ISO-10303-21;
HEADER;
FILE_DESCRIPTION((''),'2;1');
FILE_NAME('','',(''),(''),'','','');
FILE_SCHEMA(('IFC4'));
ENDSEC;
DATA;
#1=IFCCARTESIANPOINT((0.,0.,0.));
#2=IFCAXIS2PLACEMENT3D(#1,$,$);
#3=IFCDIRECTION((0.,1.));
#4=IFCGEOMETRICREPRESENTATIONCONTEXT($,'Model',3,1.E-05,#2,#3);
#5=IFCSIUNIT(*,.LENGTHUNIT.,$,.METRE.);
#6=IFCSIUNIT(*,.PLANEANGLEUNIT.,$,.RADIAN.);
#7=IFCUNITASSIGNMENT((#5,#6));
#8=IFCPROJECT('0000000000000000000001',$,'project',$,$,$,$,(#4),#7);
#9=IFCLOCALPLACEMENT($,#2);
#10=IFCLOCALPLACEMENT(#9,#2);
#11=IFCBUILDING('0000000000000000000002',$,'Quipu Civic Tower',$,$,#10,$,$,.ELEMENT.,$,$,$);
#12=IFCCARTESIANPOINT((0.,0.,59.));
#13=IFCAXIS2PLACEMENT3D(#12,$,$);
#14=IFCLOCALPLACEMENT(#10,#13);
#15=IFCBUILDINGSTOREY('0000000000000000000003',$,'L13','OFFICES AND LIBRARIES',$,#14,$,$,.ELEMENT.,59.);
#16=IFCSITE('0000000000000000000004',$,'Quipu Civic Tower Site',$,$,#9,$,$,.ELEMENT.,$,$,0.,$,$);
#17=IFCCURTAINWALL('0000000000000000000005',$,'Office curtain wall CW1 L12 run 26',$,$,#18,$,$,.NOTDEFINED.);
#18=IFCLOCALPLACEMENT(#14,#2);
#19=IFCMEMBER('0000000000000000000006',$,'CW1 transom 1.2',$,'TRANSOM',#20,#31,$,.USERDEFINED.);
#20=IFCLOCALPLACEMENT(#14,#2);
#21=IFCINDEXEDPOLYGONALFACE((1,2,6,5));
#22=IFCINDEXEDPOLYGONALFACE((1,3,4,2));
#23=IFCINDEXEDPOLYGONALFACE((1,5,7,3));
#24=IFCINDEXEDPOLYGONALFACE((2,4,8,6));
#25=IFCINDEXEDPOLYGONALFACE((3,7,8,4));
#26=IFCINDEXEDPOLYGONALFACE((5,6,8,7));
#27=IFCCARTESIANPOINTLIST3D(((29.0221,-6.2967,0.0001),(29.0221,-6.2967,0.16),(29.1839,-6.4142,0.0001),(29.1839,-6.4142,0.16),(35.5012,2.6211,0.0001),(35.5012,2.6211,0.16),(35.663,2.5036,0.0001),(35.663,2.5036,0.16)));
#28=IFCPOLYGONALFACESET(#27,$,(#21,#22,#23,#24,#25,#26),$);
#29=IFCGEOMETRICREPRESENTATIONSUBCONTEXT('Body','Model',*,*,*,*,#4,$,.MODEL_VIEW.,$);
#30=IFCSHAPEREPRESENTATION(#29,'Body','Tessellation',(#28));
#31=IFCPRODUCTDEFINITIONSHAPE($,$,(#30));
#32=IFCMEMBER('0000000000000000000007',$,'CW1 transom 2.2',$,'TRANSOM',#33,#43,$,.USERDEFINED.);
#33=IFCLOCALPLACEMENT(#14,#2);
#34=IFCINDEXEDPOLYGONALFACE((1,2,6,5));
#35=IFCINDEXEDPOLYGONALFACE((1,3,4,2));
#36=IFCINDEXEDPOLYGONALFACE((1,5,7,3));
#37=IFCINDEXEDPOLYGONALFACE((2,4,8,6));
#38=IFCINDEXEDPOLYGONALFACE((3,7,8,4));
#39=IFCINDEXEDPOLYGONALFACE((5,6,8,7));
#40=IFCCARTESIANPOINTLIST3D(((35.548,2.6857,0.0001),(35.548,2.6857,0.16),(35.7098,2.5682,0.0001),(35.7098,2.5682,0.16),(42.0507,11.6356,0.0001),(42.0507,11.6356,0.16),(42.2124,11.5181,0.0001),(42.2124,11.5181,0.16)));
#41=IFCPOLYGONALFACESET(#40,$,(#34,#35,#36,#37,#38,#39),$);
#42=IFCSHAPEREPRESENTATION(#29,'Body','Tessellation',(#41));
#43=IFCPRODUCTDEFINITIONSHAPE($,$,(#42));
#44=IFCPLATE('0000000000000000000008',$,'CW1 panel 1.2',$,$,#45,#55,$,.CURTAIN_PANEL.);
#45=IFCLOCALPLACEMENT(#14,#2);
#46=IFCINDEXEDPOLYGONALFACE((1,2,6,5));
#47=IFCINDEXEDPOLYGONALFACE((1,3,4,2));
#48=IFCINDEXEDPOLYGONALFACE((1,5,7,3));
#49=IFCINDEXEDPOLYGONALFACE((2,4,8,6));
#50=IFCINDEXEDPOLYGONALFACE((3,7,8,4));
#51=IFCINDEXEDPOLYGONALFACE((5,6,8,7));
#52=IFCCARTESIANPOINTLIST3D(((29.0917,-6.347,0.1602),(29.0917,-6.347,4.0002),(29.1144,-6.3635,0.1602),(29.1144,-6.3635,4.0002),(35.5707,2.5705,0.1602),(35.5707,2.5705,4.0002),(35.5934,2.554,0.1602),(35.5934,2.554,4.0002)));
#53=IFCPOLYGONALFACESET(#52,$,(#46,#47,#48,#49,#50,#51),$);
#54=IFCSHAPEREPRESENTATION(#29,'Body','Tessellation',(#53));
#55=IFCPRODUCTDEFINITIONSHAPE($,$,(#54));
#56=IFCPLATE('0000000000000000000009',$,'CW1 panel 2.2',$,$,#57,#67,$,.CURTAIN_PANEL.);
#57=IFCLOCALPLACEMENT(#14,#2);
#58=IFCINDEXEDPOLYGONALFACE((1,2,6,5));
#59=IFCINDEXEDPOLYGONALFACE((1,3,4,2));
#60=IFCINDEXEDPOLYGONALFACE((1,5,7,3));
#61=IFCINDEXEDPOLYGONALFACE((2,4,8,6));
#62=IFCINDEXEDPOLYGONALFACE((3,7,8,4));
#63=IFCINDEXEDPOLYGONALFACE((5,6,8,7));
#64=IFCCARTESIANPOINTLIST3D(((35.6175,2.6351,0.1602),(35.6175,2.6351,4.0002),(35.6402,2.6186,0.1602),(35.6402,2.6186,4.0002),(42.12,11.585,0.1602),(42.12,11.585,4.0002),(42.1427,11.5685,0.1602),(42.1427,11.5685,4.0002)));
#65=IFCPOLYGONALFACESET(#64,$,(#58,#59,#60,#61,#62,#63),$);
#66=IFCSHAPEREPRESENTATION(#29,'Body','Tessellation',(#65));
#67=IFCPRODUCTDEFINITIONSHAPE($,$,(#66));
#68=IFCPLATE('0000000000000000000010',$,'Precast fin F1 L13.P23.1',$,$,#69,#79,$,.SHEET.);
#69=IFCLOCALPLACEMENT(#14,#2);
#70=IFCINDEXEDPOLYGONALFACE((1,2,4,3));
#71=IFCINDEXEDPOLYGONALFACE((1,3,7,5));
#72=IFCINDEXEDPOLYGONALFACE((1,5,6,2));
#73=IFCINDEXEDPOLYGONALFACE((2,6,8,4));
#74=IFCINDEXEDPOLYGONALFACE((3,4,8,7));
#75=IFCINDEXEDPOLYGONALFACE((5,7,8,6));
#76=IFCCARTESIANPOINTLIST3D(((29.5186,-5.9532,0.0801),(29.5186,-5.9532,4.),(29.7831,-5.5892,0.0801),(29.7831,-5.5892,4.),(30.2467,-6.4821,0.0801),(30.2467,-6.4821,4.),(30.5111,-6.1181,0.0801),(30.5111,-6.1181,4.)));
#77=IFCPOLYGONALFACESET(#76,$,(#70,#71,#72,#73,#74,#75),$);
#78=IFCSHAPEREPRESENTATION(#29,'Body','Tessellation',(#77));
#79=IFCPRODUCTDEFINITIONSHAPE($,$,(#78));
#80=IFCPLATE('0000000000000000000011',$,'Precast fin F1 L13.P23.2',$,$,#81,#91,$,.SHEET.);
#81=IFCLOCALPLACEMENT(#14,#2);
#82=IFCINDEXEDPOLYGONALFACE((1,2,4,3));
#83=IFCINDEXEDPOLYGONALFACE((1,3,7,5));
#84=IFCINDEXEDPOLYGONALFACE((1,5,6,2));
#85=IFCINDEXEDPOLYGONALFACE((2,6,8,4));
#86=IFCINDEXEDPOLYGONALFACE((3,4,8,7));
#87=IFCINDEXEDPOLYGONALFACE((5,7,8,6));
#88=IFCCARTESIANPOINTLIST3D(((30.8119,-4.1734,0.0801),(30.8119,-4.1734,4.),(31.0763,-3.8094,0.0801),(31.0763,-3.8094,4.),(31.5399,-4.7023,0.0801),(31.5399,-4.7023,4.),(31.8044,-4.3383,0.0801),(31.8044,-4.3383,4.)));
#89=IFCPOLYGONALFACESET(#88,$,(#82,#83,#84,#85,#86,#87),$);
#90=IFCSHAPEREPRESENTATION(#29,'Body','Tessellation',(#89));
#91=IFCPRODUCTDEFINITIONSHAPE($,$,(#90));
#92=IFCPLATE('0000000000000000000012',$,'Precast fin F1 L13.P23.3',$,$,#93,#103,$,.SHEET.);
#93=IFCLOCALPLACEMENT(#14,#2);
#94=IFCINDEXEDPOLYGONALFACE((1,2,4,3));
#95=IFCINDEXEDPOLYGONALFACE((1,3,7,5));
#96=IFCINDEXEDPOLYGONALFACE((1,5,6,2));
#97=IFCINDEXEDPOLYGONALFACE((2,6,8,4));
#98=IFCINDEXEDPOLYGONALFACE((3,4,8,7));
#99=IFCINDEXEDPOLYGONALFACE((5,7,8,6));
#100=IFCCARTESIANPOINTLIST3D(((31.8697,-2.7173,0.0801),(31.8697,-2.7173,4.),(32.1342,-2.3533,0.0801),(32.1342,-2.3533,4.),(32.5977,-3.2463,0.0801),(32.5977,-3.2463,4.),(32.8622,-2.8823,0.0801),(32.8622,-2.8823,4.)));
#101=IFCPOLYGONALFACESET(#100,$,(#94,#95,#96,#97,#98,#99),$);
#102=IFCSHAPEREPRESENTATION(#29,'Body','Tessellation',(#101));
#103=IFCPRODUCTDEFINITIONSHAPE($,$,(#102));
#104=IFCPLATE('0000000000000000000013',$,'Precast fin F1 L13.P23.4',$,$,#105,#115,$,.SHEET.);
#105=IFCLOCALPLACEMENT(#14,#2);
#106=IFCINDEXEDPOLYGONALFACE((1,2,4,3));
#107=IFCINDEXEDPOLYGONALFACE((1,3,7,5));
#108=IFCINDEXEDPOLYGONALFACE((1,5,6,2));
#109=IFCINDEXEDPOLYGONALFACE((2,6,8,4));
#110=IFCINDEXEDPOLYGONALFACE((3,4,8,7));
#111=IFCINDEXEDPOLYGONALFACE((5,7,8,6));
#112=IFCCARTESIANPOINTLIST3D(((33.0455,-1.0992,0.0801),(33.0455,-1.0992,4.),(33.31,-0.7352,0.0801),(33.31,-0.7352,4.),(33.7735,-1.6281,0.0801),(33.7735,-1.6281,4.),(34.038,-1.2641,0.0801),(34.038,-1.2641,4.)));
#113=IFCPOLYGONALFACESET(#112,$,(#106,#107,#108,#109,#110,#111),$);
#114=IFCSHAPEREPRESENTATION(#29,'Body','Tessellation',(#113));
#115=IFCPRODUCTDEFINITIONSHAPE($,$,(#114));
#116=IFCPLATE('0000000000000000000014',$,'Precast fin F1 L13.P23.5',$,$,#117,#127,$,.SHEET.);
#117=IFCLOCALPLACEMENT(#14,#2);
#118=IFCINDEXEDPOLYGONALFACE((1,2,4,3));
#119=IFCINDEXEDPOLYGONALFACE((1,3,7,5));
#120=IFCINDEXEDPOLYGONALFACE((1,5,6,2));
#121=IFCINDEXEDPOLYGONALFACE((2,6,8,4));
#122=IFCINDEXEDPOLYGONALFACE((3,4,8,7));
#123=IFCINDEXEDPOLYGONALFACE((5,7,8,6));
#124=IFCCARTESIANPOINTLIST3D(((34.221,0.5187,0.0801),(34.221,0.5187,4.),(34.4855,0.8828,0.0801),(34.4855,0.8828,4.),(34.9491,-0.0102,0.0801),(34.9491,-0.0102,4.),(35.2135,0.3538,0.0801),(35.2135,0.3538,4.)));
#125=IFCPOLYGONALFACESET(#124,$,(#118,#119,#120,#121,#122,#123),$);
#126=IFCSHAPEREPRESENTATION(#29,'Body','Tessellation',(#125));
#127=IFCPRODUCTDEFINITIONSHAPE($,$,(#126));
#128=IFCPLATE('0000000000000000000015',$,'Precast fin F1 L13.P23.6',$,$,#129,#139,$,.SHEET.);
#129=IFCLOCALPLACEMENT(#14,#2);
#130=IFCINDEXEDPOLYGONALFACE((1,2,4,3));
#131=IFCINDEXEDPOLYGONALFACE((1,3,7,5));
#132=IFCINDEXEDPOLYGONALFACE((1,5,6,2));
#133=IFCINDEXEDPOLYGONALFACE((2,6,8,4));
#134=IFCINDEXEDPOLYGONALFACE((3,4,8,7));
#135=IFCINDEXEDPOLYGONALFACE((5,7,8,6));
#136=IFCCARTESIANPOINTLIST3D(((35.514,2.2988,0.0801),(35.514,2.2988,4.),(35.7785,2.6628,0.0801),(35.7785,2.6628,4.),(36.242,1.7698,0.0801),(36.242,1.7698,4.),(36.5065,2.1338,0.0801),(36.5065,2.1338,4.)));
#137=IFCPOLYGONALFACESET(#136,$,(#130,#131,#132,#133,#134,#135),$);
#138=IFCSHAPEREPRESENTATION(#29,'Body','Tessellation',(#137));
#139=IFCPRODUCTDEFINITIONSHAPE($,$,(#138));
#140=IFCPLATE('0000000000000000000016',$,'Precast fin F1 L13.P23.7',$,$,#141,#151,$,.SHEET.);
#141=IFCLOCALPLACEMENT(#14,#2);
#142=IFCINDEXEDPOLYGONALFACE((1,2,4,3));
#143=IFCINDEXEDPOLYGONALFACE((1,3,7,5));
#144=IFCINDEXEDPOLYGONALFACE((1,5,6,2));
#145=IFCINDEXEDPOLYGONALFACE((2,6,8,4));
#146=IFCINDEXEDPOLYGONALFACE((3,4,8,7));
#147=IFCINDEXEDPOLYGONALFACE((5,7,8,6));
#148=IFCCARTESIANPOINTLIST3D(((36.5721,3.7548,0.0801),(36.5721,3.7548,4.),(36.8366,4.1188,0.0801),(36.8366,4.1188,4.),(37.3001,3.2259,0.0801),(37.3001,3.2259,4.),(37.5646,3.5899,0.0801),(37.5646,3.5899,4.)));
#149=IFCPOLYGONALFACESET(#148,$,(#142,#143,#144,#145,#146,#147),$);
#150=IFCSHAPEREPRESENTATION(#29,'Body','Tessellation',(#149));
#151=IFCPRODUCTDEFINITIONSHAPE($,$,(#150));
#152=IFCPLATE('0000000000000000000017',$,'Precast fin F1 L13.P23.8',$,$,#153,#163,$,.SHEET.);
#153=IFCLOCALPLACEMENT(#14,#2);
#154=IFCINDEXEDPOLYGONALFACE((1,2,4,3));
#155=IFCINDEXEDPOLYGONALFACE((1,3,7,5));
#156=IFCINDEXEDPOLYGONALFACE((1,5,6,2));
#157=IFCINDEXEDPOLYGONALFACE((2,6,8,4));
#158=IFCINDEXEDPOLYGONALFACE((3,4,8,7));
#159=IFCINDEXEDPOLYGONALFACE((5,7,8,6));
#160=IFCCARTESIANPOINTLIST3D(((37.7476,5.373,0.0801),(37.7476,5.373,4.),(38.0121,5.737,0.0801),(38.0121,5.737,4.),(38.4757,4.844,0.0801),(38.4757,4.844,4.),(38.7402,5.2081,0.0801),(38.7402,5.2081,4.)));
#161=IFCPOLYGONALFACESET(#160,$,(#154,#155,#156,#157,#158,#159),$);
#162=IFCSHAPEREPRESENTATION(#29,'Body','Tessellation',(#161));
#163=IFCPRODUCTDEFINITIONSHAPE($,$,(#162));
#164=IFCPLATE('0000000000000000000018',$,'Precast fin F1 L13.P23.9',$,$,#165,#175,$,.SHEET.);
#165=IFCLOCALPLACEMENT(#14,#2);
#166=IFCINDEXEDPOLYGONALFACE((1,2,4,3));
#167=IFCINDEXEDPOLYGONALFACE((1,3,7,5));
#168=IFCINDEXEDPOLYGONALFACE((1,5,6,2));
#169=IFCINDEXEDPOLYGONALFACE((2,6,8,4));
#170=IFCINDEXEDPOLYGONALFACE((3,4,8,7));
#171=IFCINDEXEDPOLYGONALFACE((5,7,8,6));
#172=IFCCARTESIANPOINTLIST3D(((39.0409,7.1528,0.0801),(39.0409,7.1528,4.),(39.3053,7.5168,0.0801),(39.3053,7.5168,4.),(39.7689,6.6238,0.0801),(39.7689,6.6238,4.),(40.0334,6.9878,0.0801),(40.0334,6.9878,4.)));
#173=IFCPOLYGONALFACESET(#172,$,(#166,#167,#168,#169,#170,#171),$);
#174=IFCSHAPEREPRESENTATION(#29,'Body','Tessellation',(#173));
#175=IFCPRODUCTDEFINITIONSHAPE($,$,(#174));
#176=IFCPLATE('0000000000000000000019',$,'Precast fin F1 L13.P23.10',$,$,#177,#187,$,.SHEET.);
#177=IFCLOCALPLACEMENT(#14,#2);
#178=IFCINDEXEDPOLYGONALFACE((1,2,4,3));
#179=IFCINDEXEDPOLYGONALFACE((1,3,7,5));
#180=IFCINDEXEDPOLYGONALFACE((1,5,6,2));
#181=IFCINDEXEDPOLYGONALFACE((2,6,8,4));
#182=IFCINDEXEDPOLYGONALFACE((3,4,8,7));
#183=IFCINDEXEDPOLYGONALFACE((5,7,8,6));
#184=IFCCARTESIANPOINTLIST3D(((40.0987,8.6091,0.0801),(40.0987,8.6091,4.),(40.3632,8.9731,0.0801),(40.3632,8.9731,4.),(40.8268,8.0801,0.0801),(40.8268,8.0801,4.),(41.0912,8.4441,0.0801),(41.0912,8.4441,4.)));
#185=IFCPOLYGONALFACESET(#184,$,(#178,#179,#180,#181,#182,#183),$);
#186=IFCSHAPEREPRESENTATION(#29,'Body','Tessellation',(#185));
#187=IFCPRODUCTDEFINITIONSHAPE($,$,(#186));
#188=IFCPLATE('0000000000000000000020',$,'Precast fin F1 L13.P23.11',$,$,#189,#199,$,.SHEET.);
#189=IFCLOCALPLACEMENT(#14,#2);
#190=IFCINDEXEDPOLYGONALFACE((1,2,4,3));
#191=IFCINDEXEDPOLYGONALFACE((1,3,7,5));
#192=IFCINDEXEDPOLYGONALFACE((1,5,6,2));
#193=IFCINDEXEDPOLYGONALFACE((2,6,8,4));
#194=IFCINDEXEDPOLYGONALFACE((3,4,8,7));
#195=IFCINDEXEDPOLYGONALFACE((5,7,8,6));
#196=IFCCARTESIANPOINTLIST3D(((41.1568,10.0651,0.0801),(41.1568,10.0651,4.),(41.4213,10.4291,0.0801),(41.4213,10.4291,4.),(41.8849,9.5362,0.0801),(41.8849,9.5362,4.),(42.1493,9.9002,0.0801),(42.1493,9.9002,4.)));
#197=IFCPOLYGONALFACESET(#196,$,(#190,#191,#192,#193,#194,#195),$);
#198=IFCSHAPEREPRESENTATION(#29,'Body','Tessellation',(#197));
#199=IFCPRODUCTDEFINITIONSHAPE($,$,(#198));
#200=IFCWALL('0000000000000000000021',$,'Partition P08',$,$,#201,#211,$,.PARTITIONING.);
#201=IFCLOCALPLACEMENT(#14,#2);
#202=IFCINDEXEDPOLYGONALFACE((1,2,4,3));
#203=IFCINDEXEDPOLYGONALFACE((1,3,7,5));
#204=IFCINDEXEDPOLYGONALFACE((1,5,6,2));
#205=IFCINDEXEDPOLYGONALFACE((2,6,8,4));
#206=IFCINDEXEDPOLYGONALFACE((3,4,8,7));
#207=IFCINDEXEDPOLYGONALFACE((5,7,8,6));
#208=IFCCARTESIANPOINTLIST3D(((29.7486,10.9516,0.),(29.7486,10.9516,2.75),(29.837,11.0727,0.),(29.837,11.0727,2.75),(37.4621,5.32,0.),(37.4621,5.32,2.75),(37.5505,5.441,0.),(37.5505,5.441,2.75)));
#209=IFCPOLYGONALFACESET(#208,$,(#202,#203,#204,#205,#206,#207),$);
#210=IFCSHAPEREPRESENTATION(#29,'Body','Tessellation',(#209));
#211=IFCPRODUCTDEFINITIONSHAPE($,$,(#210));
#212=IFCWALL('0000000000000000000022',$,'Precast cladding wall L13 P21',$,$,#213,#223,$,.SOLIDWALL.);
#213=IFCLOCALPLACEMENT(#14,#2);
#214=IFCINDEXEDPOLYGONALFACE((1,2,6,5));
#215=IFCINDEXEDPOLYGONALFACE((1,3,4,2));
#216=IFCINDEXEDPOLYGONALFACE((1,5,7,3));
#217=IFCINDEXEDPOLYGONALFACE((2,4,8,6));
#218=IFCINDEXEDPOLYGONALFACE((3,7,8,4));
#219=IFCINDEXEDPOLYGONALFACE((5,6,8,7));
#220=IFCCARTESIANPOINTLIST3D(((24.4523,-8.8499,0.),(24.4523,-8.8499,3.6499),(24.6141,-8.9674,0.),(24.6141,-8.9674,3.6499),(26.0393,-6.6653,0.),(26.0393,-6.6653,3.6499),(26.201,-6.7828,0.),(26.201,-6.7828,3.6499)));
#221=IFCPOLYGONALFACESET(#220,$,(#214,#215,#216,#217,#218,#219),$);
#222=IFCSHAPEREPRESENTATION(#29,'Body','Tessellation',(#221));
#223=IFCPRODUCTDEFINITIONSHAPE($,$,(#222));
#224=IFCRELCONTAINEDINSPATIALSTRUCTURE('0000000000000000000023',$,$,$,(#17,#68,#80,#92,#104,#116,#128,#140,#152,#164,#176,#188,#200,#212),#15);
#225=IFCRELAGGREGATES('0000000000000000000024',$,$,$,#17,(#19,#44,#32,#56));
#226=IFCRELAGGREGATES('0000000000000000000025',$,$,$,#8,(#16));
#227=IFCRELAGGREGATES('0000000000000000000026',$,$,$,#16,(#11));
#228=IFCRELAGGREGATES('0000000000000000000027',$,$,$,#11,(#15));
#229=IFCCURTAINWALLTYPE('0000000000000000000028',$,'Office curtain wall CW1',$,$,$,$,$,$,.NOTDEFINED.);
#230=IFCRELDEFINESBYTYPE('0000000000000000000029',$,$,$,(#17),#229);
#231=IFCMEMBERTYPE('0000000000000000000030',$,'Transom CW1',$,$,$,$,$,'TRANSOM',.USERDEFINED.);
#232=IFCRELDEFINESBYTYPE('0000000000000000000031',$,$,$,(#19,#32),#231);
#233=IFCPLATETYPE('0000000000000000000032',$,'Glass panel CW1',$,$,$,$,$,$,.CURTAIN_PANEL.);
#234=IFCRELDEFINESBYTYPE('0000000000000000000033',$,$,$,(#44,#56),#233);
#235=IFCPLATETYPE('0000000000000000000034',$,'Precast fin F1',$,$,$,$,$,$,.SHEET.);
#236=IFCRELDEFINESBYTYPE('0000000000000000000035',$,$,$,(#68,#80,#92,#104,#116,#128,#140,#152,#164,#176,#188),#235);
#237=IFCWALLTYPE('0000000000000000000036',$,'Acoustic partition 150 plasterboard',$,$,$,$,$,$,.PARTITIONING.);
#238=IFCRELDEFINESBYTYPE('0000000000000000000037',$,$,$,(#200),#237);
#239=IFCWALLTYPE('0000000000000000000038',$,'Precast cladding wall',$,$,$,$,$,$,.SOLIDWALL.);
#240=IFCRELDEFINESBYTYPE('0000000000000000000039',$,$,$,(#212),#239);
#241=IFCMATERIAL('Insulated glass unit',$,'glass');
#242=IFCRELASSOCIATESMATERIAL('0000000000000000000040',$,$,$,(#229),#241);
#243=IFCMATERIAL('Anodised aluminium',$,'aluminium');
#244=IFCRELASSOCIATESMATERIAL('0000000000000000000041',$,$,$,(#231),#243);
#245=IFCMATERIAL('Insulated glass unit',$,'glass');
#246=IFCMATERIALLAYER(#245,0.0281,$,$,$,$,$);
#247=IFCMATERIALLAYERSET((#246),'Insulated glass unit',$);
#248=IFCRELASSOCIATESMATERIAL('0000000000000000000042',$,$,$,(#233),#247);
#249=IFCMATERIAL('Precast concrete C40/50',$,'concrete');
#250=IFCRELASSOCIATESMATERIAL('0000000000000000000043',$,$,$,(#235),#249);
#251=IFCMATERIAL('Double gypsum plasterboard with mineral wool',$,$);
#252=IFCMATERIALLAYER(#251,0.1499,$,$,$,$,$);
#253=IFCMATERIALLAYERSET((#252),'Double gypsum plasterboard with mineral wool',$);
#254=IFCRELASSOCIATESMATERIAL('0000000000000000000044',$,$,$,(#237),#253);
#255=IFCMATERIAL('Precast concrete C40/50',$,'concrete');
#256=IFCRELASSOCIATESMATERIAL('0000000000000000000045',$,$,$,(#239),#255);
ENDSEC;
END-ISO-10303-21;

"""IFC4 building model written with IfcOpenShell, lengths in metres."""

from ifc_helpers import new_model, si_unit, direction, frame, frame_2d, origin, origin_2d, place, context, subcontext, project, spatial, rectangle, extrude, material, layer, layer_set, material_profile, profile_set, type_object, element, aggregate, save


model = new_model("IFC4")

# Units and contexts
model_context = context("Model", 3, precision=1e-05, world=origin(), true_north=direction((0.0, 1.0)))
body_context = subcontext(model_context, "Body", "Model", "MODEL_VIEW")
ifc_project = project(units=[si_unit("LENGTHUNIT", "METRE"), si_unit("PLANEANGLEUNIT", "RADIAN")], contexts=[model_context])

# Site, building, storey
site_placement = place(None, origin())
site = spatial("IfcSite", under=ifc_project, at=site_placement, Name="Quipu Civic Tower Site", CompositionType="ELEMENT", RefElevation=0.0)
building_placement = place(site_placement, origin())
building = spatial("IfcBuilding", under=site, at=building_placement, Name="Quipu Civic Tower", CompositionType="ELEMENT")
storey_placement = place(building_placement, frame((0.0, 0.0, 59.0)))
storey = spatial("IfcBuildingStorey", under=building, at=storey_placement, Name="L13", Description="OFFICES AND LIBRARIES", CompositionType="ELEMENT", Elevation=59.0)

# Curtain wall
ifc_material_1 = material(Name="Insulated glass unit", Category="glass")
curtain_wall_type = type_object("IfcCurtainWallType", Name="Office curtain wall CW1", PredefinedType="NOTDEFINED", material=ifc_material_1)
curtain_wall_placement = place(storey_placement, origin())
curtain_wall = element("IfcCurtainWall", 1, at=curtain_wall_placement, inside=storey, type_object=curtain_wall_type, Name="Office curtain wall CW1 L12 run 26", PredefinedType="NOTDEFINED")

# Members
ifc_material_2 = material(Name="Anodised aluminium", Category="aluminium")
ifc_material_profile_1 = material_profile(ifc_material_2, rectangle(XDim=0.2, YDim=0.1599, at=origin_2d()), Name="RECT 200x160")
ifc_profile_set_1 = profile_set([ifc_material_profile_1], Name="Anodised aluminium")
member_type_1 = type_object("IfcMemberType", Name="Transom CW1", ElementType="TRANSOM", PredefinedType="USERDEFINED", material=ifc_profile_set_1)
member_1_placement = place(storey_placement, frame((29.103, -6.3555, 0.0801), z_axis=(0.587779, 0.809021, 0.0), x_axis=(-0.809021, 0.587779, 0.0)))
member_1 = element("IfcMember", 2, at=member_1_placement, type_object=member_type_1, Name="CW1 transom 1.2", ObjectType="TRANSOM", PredefinedType="USERDEFINED", context=body_context, shape_type="SweptSolid", body=[
    extrude(rectangle(XDim=0.2, YDim=0.1599, at=origin_2d()), origin(), (0.0, 0.0, 1.0), 11.0229),
])
member_2_placement = place(storey_placement, frame((35.6289, 2.627, 0.0801), z_axis=(0.587795, 0.80901, 0.0), x_axis=(-0.80901, 0.587795, 0.0)))
member_2 = element("IfcMember", 3, at=member_2_placement, type_object=member_type_1, Name="CW1 transom 2.2", ObjectType="TRANSOM", PredefinedType="USERDEFINED", context=body_context, shape_type="SweptSolid", body=[
    extrude(rectangle(XDim=0.2, YDim=0.1599, at=origin_2d()), origin(), (0.0, 0.0, 1.0), 11.0627),
])

# Plates
ifc_material_3 = material(Name="Insulated glass unit", Category="glass")
ifc_layer_1 = layer(ifc_material_3, 0.0281)
ifc_layer_set_1 = layer_set([ifc_layer_1], Name="Insulated glass unit")
plate_type_1 = type_object("IfcPlateType", Name="Glass panel CW1", PredefinedType="CURTAIN_PANEL", material=ifc_layer_set_1)
plate_1_placement = place(storey_placement, frame((32.3425, -1.8965, 0.1602), z_axis=(0.0, 0.0, 1.0), x_axis=(0.587786, 0.809017, 0.0)))
plate_1 = element("IfcPlate", 4, at=plate_1_placement, type_object=plate_type_1, Name="CW1 panel 1.2", PredefinedType="CURTAIN_PANEL", context=body_context, shape_type="SweptSolid", body=[
    extrude(rectangle(XDim=11.0227, YDim=0.0281, at=origin_2d()), origin(), (0.0, 0.0, 1.0), 3.8401),
])
plate_2_placement = place(storey_placement, frame((38.8801, 7.1018, 0.1602), z_axis=(0.0, 0.0, 1.0), x_axis=(0.587786, 0.809017, 0.0)))
plate_2 = element("IfcPlate", 5, at=plate_2_placement, type_object=plate_type_1, Name="CW1 panel 2.2", PredefinedType="CURTAIN_PANEL", context=body_context, shape_type="SweptSolid", body=[
    extrude(rectangle(XDim=11.0627, YDim=0.0281, at=origin_2d()), origin(), (0.0, 0.0, 1.0), 3.8401),
])
aggregate(curtain_wall, [member_1, plate_1, member_2, plate_2])

# Plates
ifc_material_4 = material(Name="Precast concrete C40/50", Category="concrete")
plate_type_2 = type_object("IfcPlateType", Name="Precast fin F1", PredefinedType="SHEET", material=ifc_material_4)
for number, where, z_axis, x_axis, name in (
    (6, (30.0149, -6.0356, 0.0801), (0.0, 0.0, 1.0), (0.587786, 0.809017, 0.0), "Precast fin F1 L13.P23.1"),
    (7, (31.3081, -4.2559, 0.0801), (0.0, 0.0, 1.0), (0.587786, 0.809017, 0.0), "Precast fin F1 L13.P23.2"),
    (8, (32.366, -2.7998, 0.0801), (0.0, 0.0, 1.0), (0.587786, 0.809017, 0.0), "Precast fin F1 L13.P23.3"),
    (9, (33.5417, -1.1816, 0.0801), (0.0, 0.0, 1.0), (0.587786, 0.809017, 0.0), "Precast fin F1 L13.P23.4"),
    (10, (34.7173, 0.4363, 0.0801), (0.0, 0.0, 1.0), (0.587786, 0.809017, 0.0), "Precast fin F1 L13.P23.5"),
    (11, (36.0103, 2.2163, 0.0801), (0.0, 0.0, 1.0), (0.587786, 0.809017, 0.0), "Precast fin F1 L13.P23.6"),
    (12, (37.0684, 3.6724, 0.0801), (0.0, 0.0, 1.0), (0.587786, 0.809017, 0.0), "Precast fin F1 L13.P23.7"),
    (13, (38.2439, 5.2905, 0.0801), (0.0, 0.0, 1.0), (0.587786, 0.809017, 0.0), "Precast fin F1 L13.P23.8"),
    (14, (39.5371, 7.0703, 0.0801), (0.0, 0.0, 1.0), (0.587786, 0.809017, 0.0), "Precast fin F1 L13.P23.9"),
    (15, (40.595, 8.5266, 0.0801), (0.0, 0.0, 1.0), (0.587786, 0.809017, 0.0), "Precast fin F1 L13.P23.10"),
    (16, (41.6531, 9.9827, 0.0801), (0.0, 0.0, 1.0), (0.587786, 0.809017, 0.0), "Precast fin F1 L13.P23.11"),
):
    element("IfcPlate", number, at=place(storey_placement, frame(where, z_axis=z_axis, x_axis=x_axis)), inside=storey, type_object=plate_type_2, Name=name, PredefinedType="SHEET", context=body_context, shape_type="SweptSolid", body=[
        extrude(rectangle(XDim=0.45, YDim=0.8999, at=origin_2d()), origin(), (0.0, 0.0, 1.0), 3.9199),
    ])

# Walls
ifc_material_5 = material(Name="Double gypsum plasterboard with mineral wool")
ifc_layer_2 = layer(ifc_material_5, 0.1499)
ifc_layer_set_2 = layer_set([ifc_layer_2], Name="Double gypsum plasterboard with mineral wool")
wall_type_1 = type_object("IfcWallType", Name="Acoustic partition 150 plasterboard", PredefinedType="PARTITIONING", material=ifc_layer_set_2)
wall_1_placement = place(storey_placement, frame((29.7927, 11.0122, 0.0), z_axis=(0.0, 0.0, 1.0), x_axis=(0.807646, -0.589668, 0.0)))
element("IfcWall", 17, at=wall_1_placement, inside=storey, type_object=wall_type_1, Name="Partition P08", PredefinedType="PARTITIONING", context=body_context, shape_type="SweptSolid", body=[
    extrude(rectangle(XDim=9.5505, YDim=0.1499, at=frame_2d((4.7754, 0.0))), origin(), (0.0, 0.0, 1.0), 2.75),
])
ifc_material_6 = material(Name="Precast concrete C40/50", Category="concrete")
wall_type_2 = type_object("IfcWallType", Name="Precast cladding wall", PredefinedType="SOLIDWALL", material=ifc_material_6)
wall_2_placement = place(storey_placement, frame((24.5332, -8.9087, 0.0), z_axis=(0.0, 0.0, 1.0), x_axis=(0.58772, 0.809064, 0.0)))
element("IfcWall", 18, at=wall_2_placement, inside=storey, type_object=wall_type_2, Name="Precast cladding wall L13 P21", PredefinedType="SOLIDWALL", context=body_context, shape_type="SweptSolid", body=[
    extrude(rectangle(XDim=2.7002, YDim=0.2, at=frame_2d((1.3501, 0.0))), origin(), (0.0, 0.0, 1.0), 3.6499),
])

save(model, "model.ifc")
